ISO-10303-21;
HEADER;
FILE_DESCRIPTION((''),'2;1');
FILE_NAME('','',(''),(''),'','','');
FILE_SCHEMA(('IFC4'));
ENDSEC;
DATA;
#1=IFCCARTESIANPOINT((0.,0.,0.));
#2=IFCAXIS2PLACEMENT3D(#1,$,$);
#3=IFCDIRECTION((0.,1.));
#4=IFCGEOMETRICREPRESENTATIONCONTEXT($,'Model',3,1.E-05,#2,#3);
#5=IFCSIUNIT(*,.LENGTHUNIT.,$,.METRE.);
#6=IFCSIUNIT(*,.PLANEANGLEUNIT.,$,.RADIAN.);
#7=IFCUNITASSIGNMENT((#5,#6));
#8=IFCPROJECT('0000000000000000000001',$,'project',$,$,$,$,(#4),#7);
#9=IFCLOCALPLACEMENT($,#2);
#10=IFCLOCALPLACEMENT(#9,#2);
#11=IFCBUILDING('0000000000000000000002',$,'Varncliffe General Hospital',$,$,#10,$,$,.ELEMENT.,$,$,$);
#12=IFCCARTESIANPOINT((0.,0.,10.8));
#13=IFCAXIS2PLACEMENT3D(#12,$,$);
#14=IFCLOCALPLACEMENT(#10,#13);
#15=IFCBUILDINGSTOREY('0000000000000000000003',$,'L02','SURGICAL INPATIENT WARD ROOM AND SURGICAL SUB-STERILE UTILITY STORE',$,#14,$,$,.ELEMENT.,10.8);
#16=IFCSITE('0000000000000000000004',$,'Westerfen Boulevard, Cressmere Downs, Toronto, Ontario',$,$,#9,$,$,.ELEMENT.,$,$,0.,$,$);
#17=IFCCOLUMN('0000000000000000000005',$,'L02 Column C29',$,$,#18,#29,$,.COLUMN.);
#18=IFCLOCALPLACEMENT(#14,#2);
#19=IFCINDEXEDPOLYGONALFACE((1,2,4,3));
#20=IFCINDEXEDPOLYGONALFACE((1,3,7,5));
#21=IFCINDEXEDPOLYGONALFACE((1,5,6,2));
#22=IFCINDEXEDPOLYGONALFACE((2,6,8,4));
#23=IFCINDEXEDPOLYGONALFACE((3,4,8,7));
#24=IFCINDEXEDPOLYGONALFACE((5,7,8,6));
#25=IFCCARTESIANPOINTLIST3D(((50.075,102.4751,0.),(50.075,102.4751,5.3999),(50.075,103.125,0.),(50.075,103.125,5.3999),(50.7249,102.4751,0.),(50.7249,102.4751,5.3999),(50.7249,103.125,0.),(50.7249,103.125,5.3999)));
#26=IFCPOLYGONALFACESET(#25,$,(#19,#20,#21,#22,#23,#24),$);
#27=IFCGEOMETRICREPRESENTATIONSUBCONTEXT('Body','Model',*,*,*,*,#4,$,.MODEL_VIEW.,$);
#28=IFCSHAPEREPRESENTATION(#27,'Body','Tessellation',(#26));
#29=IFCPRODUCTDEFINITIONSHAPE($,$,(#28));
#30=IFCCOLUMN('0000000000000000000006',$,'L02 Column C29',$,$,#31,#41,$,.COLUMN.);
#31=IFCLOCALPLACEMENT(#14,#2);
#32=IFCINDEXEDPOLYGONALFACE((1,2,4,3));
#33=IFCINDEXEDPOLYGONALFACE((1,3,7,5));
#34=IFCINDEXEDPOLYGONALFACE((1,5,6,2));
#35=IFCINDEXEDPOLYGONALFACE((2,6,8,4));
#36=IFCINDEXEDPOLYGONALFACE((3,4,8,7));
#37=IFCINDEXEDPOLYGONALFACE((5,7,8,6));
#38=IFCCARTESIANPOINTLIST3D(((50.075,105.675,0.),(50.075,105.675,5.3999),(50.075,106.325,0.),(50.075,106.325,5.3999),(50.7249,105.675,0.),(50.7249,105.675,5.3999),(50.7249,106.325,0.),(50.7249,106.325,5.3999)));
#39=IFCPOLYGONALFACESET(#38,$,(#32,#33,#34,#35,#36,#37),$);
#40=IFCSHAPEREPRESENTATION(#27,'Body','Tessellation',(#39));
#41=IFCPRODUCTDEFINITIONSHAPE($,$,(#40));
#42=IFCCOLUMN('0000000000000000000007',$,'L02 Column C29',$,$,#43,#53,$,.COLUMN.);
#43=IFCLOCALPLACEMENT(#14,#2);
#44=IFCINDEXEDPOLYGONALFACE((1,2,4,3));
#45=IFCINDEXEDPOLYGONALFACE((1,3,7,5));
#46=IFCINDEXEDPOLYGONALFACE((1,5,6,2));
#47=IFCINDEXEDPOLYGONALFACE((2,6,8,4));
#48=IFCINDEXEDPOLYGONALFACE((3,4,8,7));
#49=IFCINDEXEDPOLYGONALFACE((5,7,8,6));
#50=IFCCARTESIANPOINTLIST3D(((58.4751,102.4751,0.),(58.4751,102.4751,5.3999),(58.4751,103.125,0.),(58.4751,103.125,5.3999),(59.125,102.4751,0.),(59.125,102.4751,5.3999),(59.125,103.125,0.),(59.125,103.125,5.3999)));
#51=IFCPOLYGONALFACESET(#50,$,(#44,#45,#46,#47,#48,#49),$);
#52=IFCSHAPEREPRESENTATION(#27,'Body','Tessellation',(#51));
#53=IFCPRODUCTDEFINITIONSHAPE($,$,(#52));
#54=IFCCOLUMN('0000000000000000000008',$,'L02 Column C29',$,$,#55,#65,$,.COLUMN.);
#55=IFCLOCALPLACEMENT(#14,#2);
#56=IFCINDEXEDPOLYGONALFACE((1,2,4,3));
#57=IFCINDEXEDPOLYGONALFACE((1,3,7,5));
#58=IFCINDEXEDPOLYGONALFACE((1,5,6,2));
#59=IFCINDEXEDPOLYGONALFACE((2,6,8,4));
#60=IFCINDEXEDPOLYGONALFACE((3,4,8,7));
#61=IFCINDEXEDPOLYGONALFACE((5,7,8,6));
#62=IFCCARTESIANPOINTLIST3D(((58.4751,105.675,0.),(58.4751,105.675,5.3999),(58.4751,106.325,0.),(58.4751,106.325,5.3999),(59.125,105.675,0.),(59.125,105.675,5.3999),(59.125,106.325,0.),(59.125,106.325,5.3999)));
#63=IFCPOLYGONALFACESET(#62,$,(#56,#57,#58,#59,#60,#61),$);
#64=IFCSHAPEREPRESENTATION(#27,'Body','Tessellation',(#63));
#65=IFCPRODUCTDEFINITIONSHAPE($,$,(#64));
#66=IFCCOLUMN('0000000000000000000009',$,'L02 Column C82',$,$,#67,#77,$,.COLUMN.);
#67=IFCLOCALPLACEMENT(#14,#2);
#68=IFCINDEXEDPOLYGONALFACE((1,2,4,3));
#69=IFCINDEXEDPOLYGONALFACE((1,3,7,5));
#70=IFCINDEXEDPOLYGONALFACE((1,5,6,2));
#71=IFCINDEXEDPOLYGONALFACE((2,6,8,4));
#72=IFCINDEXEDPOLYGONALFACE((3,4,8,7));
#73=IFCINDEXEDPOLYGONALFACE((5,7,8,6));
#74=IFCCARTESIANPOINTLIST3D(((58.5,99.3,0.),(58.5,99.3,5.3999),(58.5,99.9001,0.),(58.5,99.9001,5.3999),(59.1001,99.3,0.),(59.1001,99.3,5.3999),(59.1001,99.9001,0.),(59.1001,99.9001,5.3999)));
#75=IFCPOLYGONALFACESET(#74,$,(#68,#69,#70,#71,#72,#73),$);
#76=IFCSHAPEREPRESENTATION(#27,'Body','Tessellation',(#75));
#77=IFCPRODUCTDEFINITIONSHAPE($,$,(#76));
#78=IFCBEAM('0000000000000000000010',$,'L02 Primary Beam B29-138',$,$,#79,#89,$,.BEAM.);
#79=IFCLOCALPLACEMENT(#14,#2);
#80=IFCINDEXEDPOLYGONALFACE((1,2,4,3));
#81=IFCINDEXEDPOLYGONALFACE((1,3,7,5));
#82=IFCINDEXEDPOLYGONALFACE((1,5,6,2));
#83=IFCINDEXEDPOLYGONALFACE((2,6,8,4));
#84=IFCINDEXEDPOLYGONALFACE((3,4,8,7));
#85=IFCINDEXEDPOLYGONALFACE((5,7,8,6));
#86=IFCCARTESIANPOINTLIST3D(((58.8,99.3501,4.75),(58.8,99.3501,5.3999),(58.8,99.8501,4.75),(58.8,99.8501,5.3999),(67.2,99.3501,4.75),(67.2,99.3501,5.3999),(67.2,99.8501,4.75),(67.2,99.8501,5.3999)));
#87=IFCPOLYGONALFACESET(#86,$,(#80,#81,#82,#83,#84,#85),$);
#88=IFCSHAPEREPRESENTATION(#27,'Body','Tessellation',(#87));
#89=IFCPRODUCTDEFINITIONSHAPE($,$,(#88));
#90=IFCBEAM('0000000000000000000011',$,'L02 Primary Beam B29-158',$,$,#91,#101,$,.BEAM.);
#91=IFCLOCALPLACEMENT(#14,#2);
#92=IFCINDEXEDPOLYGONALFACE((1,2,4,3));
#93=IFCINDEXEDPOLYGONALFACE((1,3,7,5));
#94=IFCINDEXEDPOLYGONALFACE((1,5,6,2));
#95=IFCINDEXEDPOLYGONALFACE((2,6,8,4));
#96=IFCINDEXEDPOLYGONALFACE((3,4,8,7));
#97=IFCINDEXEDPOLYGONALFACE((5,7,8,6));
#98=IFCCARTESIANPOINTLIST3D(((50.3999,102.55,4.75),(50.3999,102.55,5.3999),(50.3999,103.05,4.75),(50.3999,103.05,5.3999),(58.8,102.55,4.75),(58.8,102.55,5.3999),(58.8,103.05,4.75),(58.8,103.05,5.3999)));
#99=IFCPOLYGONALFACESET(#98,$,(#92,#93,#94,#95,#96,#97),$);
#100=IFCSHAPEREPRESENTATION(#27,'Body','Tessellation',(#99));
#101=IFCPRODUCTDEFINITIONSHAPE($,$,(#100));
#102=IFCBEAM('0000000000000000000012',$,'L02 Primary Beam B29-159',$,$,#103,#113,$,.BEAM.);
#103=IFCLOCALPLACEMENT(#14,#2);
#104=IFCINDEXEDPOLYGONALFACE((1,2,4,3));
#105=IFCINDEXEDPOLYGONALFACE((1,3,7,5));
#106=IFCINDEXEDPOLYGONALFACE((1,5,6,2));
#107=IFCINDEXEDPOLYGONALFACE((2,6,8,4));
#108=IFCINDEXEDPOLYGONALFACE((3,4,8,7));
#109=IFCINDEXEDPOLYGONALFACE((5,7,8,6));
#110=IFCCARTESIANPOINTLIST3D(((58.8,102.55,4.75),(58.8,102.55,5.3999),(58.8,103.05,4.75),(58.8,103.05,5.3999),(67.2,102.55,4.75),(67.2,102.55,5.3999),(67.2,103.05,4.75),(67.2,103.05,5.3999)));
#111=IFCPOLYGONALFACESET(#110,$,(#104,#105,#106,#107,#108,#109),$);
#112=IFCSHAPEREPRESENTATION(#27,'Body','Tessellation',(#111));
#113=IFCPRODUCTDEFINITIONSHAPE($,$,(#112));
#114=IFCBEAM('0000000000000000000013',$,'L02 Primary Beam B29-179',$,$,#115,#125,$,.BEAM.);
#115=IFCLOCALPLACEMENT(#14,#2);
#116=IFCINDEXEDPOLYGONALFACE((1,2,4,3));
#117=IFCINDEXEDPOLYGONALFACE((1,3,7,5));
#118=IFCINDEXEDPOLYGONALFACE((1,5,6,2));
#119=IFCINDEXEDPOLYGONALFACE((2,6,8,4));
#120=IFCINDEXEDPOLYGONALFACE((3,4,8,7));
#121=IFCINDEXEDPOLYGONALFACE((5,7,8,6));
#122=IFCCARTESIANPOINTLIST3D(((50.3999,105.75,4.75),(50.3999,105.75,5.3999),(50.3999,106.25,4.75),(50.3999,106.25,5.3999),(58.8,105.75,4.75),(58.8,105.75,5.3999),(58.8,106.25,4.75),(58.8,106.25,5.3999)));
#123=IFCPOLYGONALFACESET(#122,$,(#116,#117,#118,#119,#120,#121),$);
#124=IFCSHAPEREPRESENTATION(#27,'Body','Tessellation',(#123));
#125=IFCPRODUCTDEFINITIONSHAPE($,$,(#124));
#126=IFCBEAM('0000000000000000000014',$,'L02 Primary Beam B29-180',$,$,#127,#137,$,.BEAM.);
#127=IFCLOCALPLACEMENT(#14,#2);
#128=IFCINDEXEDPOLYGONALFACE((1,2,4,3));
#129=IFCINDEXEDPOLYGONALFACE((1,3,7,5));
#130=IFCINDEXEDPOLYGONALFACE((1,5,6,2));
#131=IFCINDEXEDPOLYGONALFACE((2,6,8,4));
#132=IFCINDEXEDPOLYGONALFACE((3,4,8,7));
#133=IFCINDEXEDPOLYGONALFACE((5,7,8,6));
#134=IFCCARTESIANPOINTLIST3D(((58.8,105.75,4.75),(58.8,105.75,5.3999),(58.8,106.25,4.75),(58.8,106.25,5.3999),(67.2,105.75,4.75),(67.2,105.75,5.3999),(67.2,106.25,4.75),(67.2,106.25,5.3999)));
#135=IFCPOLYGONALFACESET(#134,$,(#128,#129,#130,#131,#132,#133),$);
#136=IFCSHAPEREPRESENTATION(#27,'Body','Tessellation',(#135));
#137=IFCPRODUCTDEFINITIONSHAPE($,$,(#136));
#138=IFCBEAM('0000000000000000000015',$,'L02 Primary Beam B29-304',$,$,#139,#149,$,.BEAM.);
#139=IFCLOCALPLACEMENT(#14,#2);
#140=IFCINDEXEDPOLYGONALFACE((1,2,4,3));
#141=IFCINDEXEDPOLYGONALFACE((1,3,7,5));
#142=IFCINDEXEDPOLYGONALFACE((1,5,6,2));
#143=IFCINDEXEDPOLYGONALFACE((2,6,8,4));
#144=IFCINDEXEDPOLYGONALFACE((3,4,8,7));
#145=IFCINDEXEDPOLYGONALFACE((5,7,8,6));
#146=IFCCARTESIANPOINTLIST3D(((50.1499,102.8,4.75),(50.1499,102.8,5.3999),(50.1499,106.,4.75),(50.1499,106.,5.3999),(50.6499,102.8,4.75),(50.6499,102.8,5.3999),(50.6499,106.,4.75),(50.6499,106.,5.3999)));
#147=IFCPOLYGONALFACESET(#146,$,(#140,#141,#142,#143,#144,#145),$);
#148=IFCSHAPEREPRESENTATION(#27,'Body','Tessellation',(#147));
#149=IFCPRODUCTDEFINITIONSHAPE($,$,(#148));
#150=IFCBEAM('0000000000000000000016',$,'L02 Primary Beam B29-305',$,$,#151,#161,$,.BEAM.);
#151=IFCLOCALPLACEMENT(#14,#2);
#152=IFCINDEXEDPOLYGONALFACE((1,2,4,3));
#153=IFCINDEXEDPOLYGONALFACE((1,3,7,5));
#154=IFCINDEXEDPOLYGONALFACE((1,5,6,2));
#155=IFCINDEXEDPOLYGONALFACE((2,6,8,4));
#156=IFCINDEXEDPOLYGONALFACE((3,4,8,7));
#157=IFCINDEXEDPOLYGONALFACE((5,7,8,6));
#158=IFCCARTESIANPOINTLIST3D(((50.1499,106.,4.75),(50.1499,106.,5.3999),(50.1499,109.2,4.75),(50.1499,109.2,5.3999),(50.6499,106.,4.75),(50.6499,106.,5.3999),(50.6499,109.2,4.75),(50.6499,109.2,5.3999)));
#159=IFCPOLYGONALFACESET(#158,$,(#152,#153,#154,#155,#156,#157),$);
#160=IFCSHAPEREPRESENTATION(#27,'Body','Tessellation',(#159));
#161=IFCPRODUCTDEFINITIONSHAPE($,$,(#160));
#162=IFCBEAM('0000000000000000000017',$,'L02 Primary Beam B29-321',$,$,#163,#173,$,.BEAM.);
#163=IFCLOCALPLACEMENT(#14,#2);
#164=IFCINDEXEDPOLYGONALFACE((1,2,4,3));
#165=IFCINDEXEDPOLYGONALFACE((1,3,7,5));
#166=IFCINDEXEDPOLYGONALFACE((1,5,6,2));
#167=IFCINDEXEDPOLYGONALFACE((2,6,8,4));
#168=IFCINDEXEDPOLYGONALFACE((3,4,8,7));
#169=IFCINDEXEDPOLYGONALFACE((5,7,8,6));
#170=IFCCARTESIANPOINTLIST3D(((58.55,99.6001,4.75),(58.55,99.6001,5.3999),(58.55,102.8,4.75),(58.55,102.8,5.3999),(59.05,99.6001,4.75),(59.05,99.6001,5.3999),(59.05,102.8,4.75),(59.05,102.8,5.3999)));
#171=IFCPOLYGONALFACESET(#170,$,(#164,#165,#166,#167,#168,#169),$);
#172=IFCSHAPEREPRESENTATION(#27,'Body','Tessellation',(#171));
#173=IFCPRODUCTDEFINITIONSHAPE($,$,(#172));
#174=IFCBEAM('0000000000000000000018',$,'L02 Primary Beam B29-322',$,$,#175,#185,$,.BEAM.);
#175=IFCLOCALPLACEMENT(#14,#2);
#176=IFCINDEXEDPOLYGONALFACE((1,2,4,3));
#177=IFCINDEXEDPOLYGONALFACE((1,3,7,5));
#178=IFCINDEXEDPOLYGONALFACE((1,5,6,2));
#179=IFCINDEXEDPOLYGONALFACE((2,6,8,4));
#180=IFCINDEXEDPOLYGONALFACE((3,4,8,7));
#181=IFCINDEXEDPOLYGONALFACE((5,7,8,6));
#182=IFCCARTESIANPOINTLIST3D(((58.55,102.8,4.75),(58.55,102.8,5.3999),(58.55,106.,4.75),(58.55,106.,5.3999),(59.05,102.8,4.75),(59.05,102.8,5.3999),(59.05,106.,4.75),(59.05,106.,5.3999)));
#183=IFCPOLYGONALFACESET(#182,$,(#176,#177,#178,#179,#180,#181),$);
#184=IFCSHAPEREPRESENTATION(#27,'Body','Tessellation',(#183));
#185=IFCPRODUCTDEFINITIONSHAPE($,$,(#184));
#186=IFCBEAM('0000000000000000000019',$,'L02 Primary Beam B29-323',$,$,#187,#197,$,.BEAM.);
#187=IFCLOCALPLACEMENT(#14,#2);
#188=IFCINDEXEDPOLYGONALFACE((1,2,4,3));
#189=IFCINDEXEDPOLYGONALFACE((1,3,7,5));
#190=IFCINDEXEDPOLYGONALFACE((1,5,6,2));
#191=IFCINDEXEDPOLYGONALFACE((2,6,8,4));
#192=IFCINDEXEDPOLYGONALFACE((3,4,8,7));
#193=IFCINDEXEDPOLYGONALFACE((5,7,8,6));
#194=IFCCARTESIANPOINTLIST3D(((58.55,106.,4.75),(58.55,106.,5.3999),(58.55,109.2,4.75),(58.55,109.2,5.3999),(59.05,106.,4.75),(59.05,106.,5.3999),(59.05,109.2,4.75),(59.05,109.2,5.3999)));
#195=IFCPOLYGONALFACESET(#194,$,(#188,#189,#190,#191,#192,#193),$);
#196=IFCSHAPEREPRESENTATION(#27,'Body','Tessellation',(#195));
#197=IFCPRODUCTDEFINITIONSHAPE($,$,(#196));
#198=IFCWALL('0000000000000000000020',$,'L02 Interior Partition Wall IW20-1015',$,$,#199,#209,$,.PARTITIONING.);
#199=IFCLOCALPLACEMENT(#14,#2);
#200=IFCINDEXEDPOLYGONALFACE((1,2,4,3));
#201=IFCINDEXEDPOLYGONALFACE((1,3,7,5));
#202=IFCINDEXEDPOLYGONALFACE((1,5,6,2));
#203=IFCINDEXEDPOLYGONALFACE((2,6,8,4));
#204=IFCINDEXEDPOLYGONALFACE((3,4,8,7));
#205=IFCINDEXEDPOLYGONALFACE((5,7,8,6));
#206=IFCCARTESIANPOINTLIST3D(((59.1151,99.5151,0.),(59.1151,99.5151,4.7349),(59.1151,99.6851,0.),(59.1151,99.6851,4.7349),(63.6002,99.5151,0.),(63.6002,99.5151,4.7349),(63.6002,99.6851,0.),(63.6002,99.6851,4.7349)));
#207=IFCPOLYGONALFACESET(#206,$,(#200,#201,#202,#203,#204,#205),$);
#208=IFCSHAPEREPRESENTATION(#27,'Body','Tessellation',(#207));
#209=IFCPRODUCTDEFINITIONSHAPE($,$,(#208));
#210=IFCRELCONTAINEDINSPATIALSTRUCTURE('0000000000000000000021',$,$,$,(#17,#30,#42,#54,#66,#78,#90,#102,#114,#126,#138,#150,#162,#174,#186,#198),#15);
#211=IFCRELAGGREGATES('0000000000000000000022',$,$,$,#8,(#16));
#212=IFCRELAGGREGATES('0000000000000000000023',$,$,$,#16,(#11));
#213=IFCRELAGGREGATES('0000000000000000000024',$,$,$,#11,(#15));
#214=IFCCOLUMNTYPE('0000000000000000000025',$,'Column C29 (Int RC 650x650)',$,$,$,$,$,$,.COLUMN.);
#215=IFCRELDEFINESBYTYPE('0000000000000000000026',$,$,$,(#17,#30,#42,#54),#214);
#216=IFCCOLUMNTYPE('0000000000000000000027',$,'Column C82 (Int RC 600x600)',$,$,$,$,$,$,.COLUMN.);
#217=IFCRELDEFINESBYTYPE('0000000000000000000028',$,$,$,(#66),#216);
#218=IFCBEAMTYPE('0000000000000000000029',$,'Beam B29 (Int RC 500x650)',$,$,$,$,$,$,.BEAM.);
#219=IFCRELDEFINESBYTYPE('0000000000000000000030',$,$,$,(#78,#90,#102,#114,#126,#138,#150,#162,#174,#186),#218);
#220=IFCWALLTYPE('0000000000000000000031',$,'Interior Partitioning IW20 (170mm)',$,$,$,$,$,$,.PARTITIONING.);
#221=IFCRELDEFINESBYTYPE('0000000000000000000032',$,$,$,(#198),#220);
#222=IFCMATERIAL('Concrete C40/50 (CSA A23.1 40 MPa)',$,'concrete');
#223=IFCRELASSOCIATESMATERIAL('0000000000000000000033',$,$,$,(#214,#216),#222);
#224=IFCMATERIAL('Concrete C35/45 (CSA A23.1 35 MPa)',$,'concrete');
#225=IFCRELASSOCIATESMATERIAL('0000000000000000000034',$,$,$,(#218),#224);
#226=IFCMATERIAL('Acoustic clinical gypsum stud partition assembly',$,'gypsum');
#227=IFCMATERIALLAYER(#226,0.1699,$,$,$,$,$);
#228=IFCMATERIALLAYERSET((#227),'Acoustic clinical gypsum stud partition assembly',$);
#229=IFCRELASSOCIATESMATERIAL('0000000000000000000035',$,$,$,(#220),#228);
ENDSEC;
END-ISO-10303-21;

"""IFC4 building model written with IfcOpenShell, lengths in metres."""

from ifc_helpers import new_model, si_unit, direction, frame, frame_2d, origin, origin_2d, place, context, subcontext, project, spatial, rectangle, extrude, material, layer, layer_set, material_profile, profile_set, type_object, element, save


model = new_model("IFC4")

# Units and contexts
model_context = context("Model", 3, precision=1e-05, world=origin(), true_north=direction((0.0, 1.0)))
body_context = subcontext(model_context, "Body", "Model", "MODEL_VIEW")
ifc_project = project(units=[si_unit("LENGTHUNIT", "METRE"), si_unit("PLANEANGLEUNIT", "RADIAN")], contexts=[model_context])

# Site, building, storey
site_placement = place(None, origin())
site = spatial("IfcSite", under=ifc_project, at=site_placement, Name="Westerfen Boulevard, Cressmere Downs, Toronto, Ontario", CompositionType="ELEMENT", RefElevation=0.0)
building_placement = place(site_placement, origin())
building = spatial("IfcBuilding", under=site, at=building_placement, Name="Varncliffe General Hospital", CompositionType="ELEMENT")
storey_placement = place(building_placement, frame((0.0, 0.0, 10.8)))
storey = spatial("IfcBuildingStorey", under=building, at=storey_placement, Name="L02", Description="SURGICAL INPATIENT WARD ROOM AND SURGICAL SUB-STERILE UTILITY STORE", CompositionType="ELEMENT", Elevation=10.8)

# Columns
ifc_material_1 = material(Name="Concrete C40/50 (CSA A23.1 40 MPa)", Category="concrete")
ifc_material_profile_1 = material_profile(ifc_material_1, rectangle(XDim=0.6499, YDim=0.6499, at=origin_2d()), Name="RC 650x650")
ifc_profile_set_1 = profile_set([ifc_material_profile_1], Name="Concrete C40/50 (CSA A23.1 40 MPa)")
column_type_1 = type_object("IfcColumnType", Name="Column C29 (Int RC 650x650)", PredefinedType="COLUMN", material=ifc_profile_set_1)
for number, where, z_axis, x_axis, name in (
    (1, (50.3999, 102.8, 0.0), (0.0, 0.0, 1.0), (1.0, 0.0, 0.0), "L02 Column C29"),
    (2, (50.3999, 106.0, 0.0), (0.0, 0.0, 1.0), (1.0, 0.0, 0.0), "L02 Column C29"),
    (3, (58.8, 102.8, 0.0), (0.0, 0.0, 1.0), (1.0, 0.0, 0.0), "L02 Column C29"),
    (4, (58.8, 106.0, 0.0), (0.0, 0.0, 1.0), (1.0, 0.0, 0.0), "L02 Column C29"),
):
    element("IfcColumn", number, at=place(storey_placement, frame(where, z_axis=z_axis, x_axis=x_axis)), inside=storey, type_object=column_type_1, Name=name, PredefinedType="COLUMN", context=body_context, shape_type="SweptSolid", body=[
        extrude(rectangle(XDim=0.6499, YDim=0.6499, at=origin_2d()), origin(), (0.0, 0.0, 1.0), 5.3999),
    ])
ifc_material_profile_2 = material_profile(ifc_material_1, rectangle(XDim=0.6001, YDim=0.6001, at=origin_2d()), Name="RC 600x600")
ifc_profile_set_2 = profile_set([ifc_material_profile_2], Name="Concrete C40/50 (CSA A23.1 40 MPa)")
column_type_2 = type_object("IfcColumnType", Name="Column C82 (Int RC 600x600)", PredefinedType="COLUMN", material=ifc_profile_set_2)
column_placement = place(storey_placement, frame((58.8, 99.6001, 0.0), z_axis=(0.0, 0.0, 1.0), x_axis=(1.0, 0.0, 0.0)))
element("IfcColumn", 5, at=column_placement, inside=storey, type_object=column_type_2, Name="L02 Column C82", PredefinedType="COLUMN", context=body_context, shape_type="SweptSolid", body=[
    extrude(rectangle(XDim=0.6001, YDim=0.6001, at=origin_2d()), origin(), (0.0, 0.0, 1.0), 5.3999),
])

# Beams
ifc_material_2 = material(Name="Concrete C35/45 (CSA A23.1 35 MPa)", Category="concrete")
ifc_material_profile_3 = material_profile(ifc_material_2, rectangle(XDim=0.5, YDim=0.6499, at=origin_2d()), Name="RC 500x650")
ifc_profile_set_3 = profile_set([ifc_material_profile_3], Name="Concrete C35/45 (CSA A23.1 35 MPa)")
beam_type = type_object("IfcBeamType", Name="Beam B29 (Int RC 500x650)", PredefinedType="BEAM", material=ifc_profile_set_3)
beam_1_placement = place(storey_placement, frame((58.8, 99.6001, 5.075), z_axis=(1.0, 0.0, 0.0), x_axis=(0.0, 1.0, 0.0)))
element("IfcBeam", 6, at=beam_1_placement, inside=storey, type_object=beam_type, Name="L02 Primary Beam B29-138", PredefinedType="BEAM", context=body_context, shape_type="SweptSolid", body=[
    extrude(rectangle(XDim=0.5, YDim=0.6499, at=origin_2d()), origin(), (0.0, 0.0, 1.0), 8.3999),
])
beam_2_placement = place(storey_placement, frame((50.3999, 102.8, 5.075), z_axis=(1.0, 0.0, 0.0), x_axis=(0.0, 1.0, 0.0)))
element("IfcBeam", 7, at=beam_2_placement, inside=storey, type_object=beam_type, Name="L02 Primary Beam B29-158", PredefinedType="BEAM", context=body_context, shape_type="SweptSolid", body=[
    extrude(rectangle(XDim=0.5, YDim=0.6499, at=origin_2d()), origin(), (0.0, 0.0, 1.0), 8.4001),
])
beam_3_placement = place(storey_placement, frame((58.8, 102.8, 5.075), z_axis=(1.0, 0.0, 0.0), x_axis=(0.0, 1.0, 0.0)))
element("IfcBeam", 8, at=beam_3_placement, inside=storey, type_object=beam_type, Name="L02 Primary Beam B29-159", PredefinedType="BEAM", context=body_context, shape_type="SweptSolid", body=[
    extrude(rectangle(XDim=0.5, YDim=0.6499, at=origin_2d()), origin(), (0.0, 0.0, 1.0), 8.3999),
])
beam_4_placement = place(storey_placement, frame((50.3999, 106.0, 5.075), z_axis=(1.0, 0.0, 0.0), x_axis=(0.0, 1.0, 0.0)))
element("IfcBeam", 9, at=beam_4_placement, inside=storey, type_object=beam_type, Name="L02 Primary Beam B29-179", PredefinedType="BEAM", context=body_context, shape_type="SweptSolid", body=[
    extrude(rectangle(XDim=0.5, YDim=0.6499, at=origin_2d()), origin(), (0.0, 0.0, 1.0), 8.4001),
])
beam_5_placement = place(storey_placement, frame((58.8, 106.0, 5.075), z_axis=(1.0, 0.0, 0.0), x_axis=(0.0, 1.0, 0.0)))
element("IfcBeam", 10, at=beam_5_placement, inside=storey, type_object=beam_type, Name="L02 Primary Beam B29-180", PredefinedType="BEAM", context=body_context, shape_type="SweptSolid", body=[
    extrude(rectangle(XDim=0.5, YDim=0.6499, at=origin_2d()), origin(), (0.0, 0.0, 1.0), 8.3999),
])
for number, where, z_axis, x_axis, name in (
    (11, (50.3999, 102.8, 5.075), (0.0, 1.0, 0.0), (-1.0, 0.0, 0.0), "L02 Primary Beam B29-304"),
    (12, (50.3999, 106.0, 5.075), (0.0, 1.0, 0.0), (-1.0, 0.0, 0.0), "L02 Primary Beam B29-305"),
    (13, (58.8, 99.6001, 5.075), (0.0, 1.0, 0.0), (-1.0, 0.0, 0.0), "L02 Primary Beam B29-321"),
    (14, (58.8, 102.8, 5.075), (0.0, 1.0, 0.0), (-1.0, 0.0, 0.0), "L02 Primary Beam B29-322"),
    (15, (58.8, 106.0, 5.075), (0.0, 1.0, 0.0), (-1.0, 0.0, 0.0), "L02 Primary Beam B29-323"),
):
    element("IfcBeam", number, at=place(storey_placement, frame(where, z_axis=z_axis, x_axis=x_axis)), inside=storey, type_object=beam_type, Name=name, PredefinedType="BEAM", context=body_context, shape_type="SweptSolid", body=[
        extrude(rectangle(XDim=0.5, YDim=0.6499, at=origin_2d()), origin(), (0.0, 0.0, 1.0), 3.2),
    ])

# Wall
ifc_material_3 = material(Name="Acoustic clinical gypsum stud partition assembly", Category="gypsum")
ifc_layer_1 = layer(ifc_material_3, 0.1699)
ifc_layer_set_1 = layer_set([ifc_layer_1], Name="Acoustic clinical gypsum stud partition assembly")
wall_type_1 = type_object("IfcWallType", Name="Interior Partitioning IW20 (170mm)", PredefinedType="PARTITIONING", material=ifc_layer_set_1)
wall_1_placement = place(storey_placement, frame((59.115, 99.6001, 0.0), z_axis=(0.0, 0.0, 1.0), x_axis=(1.0, 0.0, 0.0)))
element("IfcWall", 16, at=wall_1_placement, inside=storey, type_object=wall_type_1, Name="L02 Interior Partition Wall IW20-1015", PredefinedType="PARTITIONING", context=body_context, shape_type="SweptSolid", body=[
    extrude(rectangle(XDim=4.4851, YDim=0.1699, at=frame_2d((2.2427, 0.0))), origin(), (0.0, 0.0, 1.0), 4.7349),
])

save(model, "model.ifc")
